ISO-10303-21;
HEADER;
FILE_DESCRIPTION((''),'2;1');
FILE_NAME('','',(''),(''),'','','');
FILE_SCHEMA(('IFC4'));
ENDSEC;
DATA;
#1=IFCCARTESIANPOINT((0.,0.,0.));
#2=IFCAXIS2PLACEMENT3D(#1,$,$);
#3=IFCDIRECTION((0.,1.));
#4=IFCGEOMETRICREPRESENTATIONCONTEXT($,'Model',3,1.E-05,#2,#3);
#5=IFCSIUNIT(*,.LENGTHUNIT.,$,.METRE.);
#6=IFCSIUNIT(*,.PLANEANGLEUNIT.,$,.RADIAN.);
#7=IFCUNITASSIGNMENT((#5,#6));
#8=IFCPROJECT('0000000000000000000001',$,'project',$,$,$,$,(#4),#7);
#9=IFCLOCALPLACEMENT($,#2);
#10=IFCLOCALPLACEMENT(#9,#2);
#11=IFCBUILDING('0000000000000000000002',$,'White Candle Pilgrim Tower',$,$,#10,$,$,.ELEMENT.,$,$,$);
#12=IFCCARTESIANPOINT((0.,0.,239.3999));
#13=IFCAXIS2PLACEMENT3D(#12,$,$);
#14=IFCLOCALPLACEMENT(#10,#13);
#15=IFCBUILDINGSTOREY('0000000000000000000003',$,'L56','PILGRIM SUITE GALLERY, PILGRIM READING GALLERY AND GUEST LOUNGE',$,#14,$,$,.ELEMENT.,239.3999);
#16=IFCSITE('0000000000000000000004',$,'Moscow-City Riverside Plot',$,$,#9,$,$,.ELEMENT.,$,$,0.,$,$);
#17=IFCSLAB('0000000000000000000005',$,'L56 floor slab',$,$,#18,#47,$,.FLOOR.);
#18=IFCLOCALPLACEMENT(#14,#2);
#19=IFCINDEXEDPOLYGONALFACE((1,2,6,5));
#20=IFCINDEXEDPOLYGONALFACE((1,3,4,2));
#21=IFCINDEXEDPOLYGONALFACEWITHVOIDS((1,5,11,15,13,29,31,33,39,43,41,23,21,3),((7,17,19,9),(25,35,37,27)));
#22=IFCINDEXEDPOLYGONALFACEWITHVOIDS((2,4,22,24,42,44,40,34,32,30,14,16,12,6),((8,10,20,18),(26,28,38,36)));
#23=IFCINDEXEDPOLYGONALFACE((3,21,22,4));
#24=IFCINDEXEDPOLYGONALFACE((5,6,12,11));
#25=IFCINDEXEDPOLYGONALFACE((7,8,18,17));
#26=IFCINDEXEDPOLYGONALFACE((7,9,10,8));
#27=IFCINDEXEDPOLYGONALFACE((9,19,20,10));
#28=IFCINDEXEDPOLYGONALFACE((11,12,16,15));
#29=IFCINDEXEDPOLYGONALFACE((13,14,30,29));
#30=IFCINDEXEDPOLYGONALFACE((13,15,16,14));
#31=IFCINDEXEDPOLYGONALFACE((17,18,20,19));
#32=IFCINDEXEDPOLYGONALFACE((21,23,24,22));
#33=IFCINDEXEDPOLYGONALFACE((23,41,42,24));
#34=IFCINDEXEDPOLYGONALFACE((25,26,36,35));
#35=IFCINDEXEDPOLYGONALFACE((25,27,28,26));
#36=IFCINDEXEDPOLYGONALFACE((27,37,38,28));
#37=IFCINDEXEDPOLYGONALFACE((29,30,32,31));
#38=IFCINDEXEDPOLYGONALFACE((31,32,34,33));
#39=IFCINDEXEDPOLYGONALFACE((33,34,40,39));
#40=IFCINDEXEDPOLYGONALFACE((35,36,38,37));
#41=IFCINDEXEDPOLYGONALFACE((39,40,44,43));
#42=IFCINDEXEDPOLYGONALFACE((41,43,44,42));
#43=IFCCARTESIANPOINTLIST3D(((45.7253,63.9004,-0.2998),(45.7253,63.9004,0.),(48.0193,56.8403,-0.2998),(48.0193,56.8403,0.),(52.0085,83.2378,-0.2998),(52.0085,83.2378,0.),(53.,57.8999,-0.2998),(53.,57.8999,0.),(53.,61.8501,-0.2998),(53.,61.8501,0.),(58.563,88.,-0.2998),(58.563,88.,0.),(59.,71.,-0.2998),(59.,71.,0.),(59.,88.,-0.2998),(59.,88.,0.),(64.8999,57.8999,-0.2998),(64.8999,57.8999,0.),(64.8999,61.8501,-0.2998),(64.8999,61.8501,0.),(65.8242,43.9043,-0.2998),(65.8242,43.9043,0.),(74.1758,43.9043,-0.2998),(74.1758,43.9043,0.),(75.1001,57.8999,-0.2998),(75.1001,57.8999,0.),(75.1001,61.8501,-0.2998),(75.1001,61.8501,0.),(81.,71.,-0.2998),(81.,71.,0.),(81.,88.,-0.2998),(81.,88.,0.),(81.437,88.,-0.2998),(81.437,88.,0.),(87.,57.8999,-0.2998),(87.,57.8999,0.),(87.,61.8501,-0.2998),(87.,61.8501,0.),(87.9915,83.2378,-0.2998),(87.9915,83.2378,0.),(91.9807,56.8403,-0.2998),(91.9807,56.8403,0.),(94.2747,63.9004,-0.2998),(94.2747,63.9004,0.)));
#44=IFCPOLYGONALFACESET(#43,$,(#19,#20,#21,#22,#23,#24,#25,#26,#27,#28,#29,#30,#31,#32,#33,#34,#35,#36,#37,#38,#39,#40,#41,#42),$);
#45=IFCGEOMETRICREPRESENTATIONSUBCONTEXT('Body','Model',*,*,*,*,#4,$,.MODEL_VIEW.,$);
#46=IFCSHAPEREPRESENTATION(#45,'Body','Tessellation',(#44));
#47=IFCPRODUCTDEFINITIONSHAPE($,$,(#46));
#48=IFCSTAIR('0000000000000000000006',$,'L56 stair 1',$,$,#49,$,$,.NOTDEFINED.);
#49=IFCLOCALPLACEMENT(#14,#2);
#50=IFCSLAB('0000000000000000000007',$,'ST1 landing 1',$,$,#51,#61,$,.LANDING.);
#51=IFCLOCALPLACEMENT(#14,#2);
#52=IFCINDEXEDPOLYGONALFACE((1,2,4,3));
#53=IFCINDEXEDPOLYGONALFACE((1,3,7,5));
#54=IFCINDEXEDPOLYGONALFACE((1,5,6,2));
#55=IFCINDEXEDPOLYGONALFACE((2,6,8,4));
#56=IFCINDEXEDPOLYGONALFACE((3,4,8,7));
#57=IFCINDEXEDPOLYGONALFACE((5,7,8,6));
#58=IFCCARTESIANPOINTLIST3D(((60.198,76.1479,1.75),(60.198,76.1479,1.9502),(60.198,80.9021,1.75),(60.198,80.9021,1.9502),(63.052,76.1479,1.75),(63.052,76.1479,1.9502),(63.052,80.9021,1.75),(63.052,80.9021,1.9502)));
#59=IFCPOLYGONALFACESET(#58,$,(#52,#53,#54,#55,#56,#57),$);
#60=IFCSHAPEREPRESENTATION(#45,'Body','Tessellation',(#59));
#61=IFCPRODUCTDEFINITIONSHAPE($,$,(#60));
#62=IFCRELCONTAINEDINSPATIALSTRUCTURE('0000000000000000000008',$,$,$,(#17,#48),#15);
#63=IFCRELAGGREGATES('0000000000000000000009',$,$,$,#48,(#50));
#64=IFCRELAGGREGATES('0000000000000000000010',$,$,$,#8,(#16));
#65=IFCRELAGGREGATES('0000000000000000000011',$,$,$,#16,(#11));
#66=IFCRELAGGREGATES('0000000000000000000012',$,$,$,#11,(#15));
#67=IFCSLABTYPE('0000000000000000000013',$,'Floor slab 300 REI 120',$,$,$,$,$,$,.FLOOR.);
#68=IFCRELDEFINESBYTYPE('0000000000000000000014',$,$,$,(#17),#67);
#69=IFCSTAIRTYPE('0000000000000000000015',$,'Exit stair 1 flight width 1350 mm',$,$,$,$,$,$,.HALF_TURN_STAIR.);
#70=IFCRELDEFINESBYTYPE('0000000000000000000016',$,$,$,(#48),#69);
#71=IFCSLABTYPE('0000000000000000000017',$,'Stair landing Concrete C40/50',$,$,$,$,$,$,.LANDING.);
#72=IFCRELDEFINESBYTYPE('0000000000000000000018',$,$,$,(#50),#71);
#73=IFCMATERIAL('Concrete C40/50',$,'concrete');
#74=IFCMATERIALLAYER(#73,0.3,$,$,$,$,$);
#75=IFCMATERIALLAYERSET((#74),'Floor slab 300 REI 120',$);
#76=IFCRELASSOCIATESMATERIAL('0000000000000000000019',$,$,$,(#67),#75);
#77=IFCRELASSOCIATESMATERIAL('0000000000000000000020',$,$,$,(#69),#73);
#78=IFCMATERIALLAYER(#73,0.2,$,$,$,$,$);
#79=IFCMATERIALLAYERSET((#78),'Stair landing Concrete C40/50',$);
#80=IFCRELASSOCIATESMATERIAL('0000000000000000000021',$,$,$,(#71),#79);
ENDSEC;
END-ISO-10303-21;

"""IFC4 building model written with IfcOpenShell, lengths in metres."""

from ifc_helpers import new_model, si_unit, direction, frame, origin, place, context, subcontext, project, spatial, polyline, outline, extrude, material, layer, layer_set, type_object, element, aggregate, save


model = new_model("IFC4")

# Units and contexts
model_context = context("Model", 3, precision=1e-05, world=origin(), true_north=direction((0.0, 1.0)))
body_context = subcontext(model_context, "Body", "Model", "MODEL_VIEW")
ifc_project = project(units=[si_unit("LENGTHUNIT", "METRE"), si_unit("PLANEANGLEUNIT", "RADIAN")], contexts=[model_context])

# Site, building, storey
site_placement = place(None, origin())
site = spatial("IfcSite", under=ifc_project, at=site_placement, Name="Moscow-City Riverside Plot", CompositionType="ELEMENT", RefElevation=0.0)
building_placement = place(site_placement, origin())
building = spatial("IfcBuilding", under=site, at=building_placement, Name="White Candle Pilgrim Tower", CompositionType="ELEMENT")
storey_placement = place(building_placement, frame((0.0, 0.0, 239.3999)))
storey = spatial("IfcBuildingStorey", under=building, at=storey_placement, Name="L56", Description="PILGRIM SUITE GALLERY, PILGRIM READING GALLERY AND GUEST LOUNGE", CompositionType="ELEMENT", Elevation=239.3999)

# Slab
ifc_material = material(Name="Concrete C40/50", Category="concrete")
ifc_layer_1 = layer(ifc_material, 0.3)
ifc_layer_set_1 = layer_set([ifc_layer_1], Name="Floor slab 300 REI 120")
slab_type_1 = type_object("IfcSlabType", Name="Floor slab 300 REI 120", PredefinedType="FLOOR", material=ifc_layer_set_1)
slab_1_placement = place(storey_placement, frame((0.0, 0.0, -0.2998)))
element("IfcSlab", 1, at=slab_1_placement, inside=storey, type_object=slab_type_1, Name="L56 floor slab", PredefinedType="FLOOR", context=body_context, shape_type="SweptSolid", body=[
    extrude(outline(polyline([(65.8242, 43.9043), (74.1758, 43.9043), (91.9807, 56.8403), (94.2747, 63.9004), (87.9915, 83.2378), (81.437, 88.0), (81.0, 88.0), (81.0, 71.0), (59.0, 71.0), (59.0, 88.0), (58.563, 88.0), (52.0085, 83.2378), (45.7253, 63.9004), (48.0193, 56.8403), (65.8242, 43.9043)]), holes=[polyline([(53.0, 57.8999), (53.0, 61.8501), (64.8999, 61.8501), (64.8999, 57.8999), (53.0, 57.8999)]), polyline([(75.1001, 57.8999), (75.1001, 61.8501), (87.0, 61.8501), (87.0, 57.8999), (75.1001, 57.8999)])]), origin(), (0.0, 0.0, 1.0), 0.2998),
])

# Stair, slab
stair_type = type_object("IfcStairType", Name="Exit stair 1 flight width 1350 mm", PredefinedType="HALF_TURN_STAIR", material=ifc_material)
stair_placement = place(storey_placement, origin())
stair = element("IfcStair", 2, at=stair_placement, inside=storey, type_object=stair_type, Name="L56 stair 1", PredefinedType="NOTDEFINED")
ifc_layer_2 = layer(ifc_material, 0.2)
ifc_layer_set_2 = layer_set([ifc_layer_2], Name="Stair landing Concrete C40/50")
slab_type_2 = type_object("IfcSlabType", Name="Stair landing Concrete C40/50", PredefinedType="LANDING", material=ifc_layer_set_2)
slab_2_placement = place(storey_placement, frame((0.0, 0.0, 1.75)))
slab_2 = element("IfcSlab", 3, at=slab_2_placement, type_object=slab_type_2, Name="ST1 landing 1", PredefinedType="LANDING", context=body_context, shape_type="SweptSolid", body=[
    extrude(outline(polyline([(63.052, 76.1479), (60.198, 76.1479), (60.198, 80.9021), (63.052, 80.9021), (63.052, 76.1479)])), origin(), (0.0, 0.0, 1.0), 0.2002),
])
aggregate(stair, [slab_2])

save(model, "model.ifc")
